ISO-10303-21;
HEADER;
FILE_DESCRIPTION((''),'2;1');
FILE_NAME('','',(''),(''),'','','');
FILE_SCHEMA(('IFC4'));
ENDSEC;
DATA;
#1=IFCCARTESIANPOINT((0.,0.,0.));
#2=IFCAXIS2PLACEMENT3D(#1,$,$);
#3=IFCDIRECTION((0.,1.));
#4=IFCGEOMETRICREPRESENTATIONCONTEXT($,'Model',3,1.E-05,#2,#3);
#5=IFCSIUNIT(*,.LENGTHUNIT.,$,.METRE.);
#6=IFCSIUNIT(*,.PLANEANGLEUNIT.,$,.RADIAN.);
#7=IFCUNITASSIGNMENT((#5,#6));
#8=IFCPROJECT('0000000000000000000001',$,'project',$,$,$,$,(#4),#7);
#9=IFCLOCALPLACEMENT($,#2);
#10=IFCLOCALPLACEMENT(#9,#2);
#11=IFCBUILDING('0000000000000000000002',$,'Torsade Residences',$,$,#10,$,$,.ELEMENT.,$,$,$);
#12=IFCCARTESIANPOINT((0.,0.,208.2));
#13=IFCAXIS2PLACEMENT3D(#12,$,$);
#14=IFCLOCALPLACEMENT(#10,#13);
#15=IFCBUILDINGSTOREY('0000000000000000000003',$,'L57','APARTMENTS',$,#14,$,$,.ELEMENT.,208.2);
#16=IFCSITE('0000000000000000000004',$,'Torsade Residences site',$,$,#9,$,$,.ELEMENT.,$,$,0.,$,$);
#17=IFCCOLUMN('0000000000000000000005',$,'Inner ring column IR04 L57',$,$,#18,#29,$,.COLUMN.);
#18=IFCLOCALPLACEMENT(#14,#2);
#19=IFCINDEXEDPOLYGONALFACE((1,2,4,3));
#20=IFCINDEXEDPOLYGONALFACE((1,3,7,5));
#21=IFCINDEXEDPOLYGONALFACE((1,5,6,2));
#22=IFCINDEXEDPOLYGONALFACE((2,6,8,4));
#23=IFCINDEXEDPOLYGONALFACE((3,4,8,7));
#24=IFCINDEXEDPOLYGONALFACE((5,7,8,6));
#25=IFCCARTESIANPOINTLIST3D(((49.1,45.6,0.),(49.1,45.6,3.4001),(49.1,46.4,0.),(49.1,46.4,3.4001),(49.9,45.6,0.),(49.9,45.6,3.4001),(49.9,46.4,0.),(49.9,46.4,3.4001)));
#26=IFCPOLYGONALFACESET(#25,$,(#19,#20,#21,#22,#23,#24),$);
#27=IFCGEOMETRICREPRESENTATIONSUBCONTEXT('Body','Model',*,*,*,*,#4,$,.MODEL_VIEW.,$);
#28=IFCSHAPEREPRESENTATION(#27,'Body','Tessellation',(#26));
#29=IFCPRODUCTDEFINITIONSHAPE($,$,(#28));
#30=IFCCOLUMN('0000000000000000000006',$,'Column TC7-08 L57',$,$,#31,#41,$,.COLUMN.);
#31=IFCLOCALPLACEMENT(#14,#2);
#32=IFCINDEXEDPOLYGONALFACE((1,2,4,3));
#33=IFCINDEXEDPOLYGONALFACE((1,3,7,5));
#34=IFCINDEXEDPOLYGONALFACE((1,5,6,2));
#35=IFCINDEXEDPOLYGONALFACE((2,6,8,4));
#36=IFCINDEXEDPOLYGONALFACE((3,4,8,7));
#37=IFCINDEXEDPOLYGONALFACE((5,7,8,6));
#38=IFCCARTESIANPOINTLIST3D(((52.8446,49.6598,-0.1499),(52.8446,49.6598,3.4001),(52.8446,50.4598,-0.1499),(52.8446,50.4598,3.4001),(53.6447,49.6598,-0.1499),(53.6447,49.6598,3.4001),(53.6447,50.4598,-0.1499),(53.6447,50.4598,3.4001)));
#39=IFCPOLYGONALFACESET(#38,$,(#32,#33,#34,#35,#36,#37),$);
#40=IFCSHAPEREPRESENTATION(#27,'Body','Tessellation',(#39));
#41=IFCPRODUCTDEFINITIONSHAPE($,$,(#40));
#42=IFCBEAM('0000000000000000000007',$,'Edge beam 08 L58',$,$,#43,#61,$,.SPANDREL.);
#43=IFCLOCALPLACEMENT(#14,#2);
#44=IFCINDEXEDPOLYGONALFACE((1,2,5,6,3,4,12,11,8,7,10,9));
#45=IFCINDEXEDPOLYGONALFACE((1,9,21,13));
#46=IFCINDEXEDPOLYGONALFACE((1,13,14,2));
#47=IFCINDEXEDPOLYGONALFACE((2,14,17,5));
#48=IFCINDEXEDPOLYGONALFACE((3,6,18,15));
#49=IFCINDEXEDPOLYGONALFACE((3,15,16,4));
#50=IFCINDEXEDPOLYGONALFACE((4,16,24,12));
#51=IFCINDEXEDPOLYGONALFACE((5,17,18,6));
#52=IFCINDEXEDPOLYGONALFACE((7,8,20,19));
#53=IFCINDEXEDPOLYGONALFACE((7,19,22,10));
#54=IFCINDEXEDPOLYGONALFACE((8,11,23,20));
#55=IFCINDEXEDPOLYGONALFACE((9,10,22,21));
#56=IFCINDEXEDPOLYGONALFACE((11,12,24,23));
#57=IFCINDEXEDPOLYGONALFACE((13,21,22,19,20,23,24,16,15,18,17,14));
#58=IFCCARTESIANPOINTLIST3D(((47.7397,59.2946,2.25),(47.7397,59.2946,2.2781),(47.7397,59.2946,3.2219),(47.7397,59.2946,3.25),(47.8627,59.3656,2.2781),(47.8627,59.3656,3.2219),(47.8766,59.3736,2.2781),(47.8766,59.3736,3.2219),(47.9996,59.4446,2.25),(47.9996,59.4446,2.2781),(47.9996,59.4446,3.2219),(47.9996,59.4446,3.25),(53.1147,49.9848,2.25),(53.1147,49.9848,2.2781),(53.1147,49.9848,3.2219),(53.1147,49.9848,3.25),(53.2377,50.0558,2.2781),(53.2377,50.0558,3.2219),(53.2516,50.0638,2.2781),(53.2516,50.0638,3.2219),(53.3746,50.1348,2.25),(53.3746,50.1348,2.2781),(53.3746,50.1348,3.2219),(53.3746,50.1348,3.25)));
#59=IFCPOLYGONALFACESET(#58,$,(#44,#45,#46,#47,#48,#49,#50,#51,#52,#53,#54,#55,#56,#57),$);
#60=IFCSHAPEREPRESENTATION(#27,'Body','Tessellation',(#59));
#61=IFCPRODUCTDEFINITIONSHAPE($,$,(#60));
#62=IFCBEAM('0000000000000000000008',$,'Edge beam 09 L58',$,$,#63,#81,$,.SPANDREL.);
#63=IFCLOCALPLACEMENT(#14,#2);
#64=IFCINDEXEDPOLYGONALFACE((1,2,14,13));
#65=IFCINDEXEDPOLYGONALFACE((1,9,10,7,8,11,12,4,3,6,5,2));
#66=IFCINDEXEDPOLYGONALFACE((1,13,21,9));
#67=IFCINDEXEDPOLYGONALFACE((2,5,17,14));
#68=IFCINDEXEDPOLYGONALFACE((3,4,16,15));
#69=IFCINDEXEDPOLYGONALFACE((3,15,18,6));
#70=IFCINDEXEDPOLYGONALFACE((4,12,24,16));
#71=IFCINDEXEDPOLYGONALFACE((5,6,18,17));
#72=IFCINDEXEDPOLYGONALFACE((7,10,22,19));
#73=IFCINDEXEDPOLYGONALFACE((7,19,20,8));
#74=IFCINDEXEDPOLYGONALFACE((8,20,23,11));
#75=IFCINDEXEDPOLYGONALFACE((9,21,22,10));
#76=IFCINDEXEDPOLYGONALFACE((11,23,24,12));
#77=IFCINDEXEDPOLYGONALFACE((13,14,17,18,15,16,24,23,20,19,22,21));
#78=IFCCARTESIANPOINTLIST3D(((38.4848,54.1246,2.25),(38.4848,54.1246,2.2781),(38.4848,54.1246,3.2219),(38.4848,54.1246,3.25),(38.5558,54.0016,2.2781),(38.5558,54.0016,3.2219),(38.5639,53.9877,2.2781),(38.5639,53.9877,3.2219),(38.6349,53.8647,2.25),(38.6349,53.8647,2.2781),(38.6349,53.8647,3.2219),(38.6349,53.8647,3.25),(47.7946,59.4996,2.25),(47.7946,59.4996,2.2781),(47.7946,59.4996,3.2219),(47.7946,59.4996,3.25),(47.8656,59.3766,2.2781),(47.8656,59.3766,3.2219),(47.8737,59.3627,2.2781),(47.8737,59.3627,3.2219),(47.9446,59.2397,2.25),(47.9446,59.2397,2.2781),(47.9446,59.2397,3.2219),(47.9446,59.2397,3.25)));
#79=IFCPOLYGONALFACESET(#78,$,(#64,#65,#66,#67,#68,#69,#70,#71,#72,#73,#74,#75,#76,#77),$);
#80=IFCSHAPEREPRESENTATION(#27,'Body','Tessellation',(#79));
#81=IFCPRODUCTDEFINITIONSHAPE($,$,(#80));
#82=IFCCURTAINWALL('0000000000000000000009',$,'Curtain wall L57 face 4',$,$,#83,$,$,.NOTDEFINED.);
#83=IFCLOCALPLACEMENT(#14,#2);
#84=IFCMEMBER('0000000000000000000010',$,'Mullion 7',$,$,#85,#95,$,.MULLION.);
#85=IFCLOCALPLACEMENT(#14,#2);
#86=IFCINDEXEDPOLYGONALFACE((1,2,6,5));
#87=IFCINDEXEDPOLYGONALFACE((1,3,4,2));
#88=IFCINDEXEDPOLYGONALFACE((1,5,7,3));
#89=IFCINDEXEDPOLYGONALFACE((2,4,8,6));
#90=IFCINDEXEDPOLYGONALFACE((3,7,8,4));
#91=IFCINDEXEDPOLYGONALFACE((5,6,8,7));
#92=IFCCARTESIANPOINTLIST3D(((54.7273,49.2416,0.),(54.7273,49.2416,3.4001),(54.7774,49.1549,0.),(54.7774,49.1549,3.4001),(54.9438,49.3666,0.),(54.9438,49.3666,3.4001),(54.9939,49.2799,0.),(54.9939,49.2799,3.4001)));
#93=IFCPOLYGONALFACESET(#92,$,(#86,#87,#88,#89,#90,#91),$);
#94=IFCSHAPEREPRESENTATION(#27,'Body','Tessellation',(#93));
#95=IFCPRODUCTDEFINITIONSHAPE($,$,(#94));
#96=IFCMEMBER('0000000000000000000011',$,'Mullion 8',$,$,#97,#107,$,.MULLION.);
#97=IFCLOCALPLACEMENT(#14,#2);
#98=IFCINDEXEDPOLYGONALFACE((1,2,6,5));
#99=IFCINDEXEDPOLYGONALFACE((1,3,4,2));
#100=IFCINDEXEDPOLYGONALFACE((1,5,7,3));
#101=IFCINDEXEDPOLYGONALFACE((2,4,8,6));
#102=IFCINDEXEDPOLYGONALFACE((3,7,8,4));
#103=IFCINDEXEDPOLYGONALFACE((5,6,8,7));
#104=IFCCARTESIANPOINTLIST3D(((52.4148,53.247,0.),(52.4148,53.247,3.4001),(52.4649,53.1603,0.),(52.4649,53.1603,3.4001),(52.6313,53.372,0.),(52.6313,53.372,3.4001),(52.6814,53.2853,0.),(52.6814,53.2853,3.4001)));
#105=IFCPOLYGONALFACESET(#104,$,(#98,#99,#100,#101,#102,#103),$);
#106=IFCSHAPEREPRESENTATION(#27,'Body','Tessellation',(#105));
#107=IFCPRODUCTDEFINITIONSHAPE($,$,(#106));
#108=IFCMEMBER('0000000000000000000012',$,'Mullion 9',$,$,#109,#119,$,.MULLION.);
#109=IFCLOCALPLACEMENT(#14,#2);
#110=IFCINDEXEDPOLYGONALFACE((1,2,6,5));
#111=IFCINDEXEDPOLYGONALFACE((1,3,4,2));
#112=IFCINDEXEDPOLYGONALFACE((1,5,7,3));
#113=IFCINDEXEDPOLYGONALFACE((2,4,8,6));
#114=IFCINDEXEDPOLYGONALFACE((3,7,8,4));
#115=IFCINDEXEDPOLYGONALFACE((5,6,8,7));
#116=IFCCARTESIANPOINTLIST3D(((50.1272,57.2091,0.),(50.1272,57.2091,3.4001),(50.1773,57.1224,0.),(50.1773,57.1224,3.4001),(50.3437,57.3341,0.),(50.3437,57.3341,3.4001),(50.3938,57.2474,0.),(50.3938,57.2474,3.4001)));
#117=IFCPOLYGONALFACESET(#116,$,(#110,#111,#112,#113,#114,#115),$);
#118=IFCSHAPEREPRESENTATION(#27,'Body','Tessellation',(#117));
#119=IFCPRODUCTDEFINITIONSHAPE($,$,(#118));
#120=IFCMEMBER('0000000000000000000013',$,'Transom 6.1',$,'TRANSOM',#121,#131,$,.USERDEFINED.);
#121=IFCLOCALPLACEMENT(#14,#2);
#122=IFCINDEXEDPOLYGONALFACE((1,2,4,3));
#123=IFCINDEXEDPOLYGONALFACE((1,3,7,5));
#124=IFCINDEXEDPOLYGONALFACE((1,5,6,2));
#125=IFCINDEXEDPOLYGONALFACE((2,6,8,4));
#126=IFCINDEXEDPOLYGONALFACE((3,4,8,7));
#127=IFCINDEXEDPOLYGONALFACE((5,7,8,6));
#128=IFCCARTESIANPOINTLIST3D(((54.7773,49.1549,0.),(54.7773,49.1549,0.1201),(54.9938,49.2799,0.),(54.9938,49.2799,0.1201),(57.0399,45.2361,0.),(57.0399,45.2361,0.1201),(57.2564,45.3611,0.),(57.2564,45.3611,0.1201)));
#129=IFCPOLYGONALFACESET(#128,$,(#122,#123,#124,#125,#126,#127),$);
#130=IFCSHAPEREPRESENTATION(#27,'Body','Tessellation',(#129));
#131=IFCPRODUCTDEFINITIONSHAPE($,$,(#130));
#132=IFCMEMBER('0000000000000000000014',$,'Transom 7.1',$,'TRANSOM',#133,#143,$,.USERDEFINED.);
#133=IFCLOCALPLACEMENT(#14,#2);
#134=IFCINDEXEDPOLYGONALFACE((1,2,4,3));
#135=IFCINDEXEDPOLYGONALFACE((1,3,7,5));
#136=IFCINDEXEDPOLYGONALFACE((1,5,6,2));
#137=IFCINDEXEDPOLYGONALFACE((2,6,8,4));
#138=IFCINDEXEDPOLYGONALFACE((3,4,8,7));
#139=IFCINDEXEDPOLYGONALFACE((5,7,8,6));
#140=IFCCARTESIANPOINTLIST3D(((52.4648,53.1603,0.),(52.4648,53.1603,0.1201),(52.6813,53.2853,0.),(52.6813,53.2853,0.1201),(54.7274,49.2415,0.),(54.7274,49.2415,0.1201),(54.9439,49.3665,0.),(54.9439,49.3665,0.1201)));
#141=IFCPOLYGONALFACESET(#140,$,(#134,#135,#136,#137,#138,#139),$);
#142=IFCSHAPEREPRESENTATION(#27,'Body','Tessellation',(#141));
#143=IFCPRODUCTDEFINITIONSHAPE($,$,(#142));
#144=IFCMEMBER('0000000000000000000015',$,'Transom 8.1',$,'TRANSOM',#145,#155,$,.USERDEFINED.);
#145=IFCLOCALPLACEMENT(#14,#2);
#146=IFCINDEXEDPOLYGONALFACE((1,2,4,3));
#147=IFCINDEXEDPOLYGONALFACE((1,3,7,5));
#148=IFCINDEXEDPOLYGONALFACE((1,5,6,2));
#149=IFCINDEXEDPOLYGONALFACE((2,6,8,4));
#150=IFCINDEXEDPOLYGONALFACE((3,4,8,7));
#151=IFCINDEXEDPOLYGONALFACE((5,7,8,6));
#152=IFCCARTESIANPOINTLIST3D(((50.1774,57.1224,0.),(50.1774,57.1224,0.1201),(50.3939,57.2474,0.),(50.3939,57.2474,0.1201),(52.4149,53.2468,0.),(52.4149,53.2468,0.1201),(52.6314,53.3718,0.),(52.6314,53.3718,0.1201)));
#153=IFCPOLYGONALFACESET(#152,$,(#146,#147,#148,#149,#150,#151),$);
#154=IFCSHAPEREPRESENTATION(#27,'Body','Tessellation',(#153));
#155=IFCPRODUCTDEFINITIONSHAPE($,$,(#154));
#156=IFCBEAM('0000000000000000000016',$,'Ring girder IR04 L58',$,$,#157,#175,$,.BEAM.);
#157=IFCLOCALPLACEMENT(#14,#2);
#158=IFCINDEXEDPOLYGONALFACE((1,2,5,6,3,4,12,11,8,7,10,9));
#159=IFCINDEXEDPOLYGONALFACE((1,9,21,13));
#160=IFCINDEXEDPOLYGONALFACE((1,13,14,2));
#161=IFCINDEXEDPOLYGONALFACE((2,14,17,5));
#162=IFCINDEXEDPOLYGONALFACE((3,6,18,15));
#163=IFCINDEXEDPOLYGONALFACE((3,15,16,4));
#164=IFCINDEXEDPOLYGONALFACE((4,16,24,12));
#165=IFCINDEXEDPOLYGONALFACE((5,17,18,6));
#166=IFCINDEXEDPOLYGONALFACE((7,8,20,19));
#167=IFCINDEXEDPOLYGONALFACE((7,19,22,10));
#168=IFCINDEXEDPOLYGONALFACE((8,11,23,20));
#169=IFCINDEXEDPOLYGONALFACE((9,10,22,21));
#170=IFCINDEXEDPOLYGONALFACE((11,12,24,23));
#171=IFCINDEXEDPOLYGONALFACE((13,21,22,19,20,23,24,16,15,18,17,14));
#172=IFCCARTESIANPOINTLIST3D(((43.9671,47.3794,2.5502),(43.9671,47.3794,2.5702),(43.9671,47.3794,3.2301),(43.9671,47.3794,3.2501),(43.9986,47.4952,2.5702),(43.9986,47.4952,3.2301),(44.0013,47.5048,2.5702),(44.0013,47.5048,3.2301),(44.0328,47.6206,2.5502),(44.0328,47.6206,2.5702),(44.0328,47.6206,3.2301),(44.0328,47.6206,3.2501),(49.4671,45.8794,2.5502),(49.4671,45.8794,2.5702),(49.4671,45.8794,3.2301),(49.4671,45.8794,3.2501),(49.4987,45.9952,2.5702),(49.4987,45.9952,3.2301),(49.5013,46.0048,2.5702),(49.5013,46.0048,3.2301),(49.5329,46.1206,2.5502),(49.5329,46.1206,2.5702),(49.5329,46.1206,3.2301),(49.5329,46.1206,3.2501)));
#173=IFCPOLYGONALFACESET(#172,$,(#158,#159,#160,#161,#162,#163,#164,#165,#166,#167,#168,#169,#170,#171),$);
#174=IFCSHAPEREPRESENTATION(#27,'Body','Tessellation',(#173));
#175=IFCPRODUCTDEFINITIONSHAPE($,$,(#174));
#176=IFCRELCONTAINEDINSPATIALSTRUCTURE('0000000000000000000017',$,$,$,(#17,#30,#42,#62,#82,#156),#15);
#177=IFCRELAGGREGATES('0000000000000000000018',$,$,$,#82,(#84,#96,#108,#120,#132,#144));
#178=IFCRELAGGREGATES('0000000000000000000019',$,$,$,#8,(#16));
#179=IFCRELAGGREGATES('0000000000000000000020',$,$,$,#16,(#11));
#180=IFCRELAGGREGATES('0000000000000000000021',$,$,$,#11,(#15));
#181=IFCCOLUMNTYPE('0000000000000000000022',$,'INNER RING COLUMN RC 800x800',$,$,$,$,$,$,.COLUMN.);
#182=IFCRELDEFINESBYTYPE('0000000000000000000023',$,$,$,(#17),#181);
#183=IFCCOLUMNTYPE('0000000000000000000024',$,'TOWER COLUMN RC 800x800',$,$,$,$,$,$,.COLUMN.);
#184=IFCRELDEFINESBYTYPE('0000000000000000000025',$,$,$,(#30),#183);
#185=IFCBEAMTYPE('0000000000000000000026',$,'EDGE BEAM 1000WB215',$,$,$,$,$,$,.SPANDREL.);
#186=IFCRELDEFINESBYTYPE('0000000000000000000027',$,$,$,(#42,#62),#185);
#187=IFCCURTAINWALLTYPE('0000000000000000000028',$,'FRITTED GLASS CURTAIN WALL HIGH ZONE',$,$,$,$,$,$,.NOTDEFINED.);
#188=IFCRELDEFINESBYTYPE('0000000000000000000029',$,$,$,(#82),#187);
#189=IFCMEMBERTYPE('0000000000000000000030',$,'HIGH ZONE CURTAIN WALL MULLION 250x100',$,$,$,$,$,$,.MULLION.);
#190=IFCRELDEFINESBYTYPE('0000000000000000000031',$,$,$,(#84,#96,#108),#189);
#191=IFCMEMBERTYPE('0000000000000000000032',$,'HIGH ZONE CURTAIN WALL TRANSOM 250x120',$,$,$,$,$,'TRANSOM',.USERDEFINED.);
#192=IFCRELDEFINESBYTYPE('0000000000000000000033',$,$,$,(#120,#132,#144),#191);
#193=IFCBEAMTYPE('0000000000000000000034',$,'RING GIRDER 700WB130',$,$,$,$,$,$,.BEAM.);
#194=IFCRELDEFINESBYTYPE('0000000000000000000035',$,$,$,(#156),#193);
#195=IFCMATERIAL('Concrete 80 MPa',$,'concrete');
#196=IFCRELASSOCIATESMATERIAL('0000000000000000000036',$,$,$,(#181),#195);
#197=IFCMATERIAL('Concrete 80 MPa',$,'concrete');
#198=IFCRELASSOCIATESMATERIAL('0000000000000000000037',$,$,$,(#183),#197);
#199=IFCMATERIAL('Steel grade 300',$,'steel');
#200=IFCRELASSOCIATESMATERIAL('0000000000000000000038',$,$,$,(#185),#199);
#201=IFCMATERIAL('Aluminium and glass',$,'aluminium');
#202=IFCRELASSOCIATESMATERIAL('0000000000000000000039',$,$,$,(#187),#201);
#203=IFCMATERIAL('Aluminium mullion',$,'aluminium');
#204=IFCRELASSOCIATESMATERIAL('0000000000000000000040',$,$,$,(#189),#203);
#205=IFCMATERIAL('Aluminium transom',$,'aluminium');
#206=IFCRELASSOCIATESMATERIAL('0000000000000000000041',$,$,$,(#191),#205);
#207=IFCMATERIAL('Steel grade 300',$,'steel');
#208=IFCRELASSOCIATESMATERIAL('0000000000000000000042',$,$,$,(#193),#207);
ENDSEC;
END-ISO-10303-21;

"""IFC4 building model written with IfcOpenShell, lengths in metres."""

from ifc_helpers import new_model, si_unit, direction, frame, origin, origin_2d, place, context, subcontext, project, spatial, rectangle, i_section, extrude, material, material_profile, profile_set, type_object, element, aggregate, save


model = new_model("IFC4")

# Units and contexts
model_context = context("Model", 3, precision=1e-05, world=origin(), true_north=direction((0.0, 1.0)))
body_context = subcontext(model_context, "Body", "Model", "MODEL_VIEW")
ifc_project = project(units=[si_unit("LENGTHUNIT", "METRE"), si_unit("PLANEANGLEUNIT", "RADIAN")], contexts=[model_context])

# Site, building, storey
site_placement = place(None, origin())
site = spatial("IfcSite", under=ifc_project, at=site_placement, Name="Torsade Residences site", CompositionType="ELEMENT", RefElevation=0.0)
building_placement = place(site_placement, origin())
building = spatial("IfcBuilding", under=site, at=building_placement, Name="Torsade Residences", CompositionType="ELEMENT")
storey_placement = place(building_placement, frame((0.0, 0.0, 208.2)))
storey = spatial("IfcBuildingStorey", under=building, at=storey_placement, Name="L57", Description="APARTMENTS", CompositionType="ELEMENT", Elevation=208.2)

# Columns
ifc_material_1 = material(Name="Concrete 80 MPa", Category="concrete")
ifc_material_profile_1 = material_profile(ifc_material_1, rectangle(XDim=0.8, YDim=0.8, at=origin_2d()), Name="RC 800x800")
ifc_profile_set_1 = profile_set([ifc_material_profile_1], Name="Concrete 80 MPa")
column_type_1 = type_object("IfcColumnType", Name="INNER RING COLUMN RC 800x800", PredefinedType="COLUMN", material=ifc_profile_set_1)
column_1_placement = place(storey_placement, frame((49.5, 46.0, 0.0), z_axis=(0.0, 0.0, 1.0), x_axis=(1.0, 0.0, 0.0)))
element("IfcColumn", 1, at=column_1_placement, inside=storey, type_object=column_type_1, Name="Inner ring column IR04 L57", PredefinedType="COLUMN", context=body_context, shape_type="SweptSolid", body=[
    extrude(rectangle(XDim=0.8, YDim=0.8, at=origin_2d()), origin(), (0.0, 0.0, 1.0), 3.4001),
])
ifc_material_2 = material(Name="Concrete 80 MPa", Category="concrete")
ifc_material_profile_2 = material_profile(ifc_material_2, rectangle(XDim=0.8, YDim=0.8, at=origin_2d()), Name="RC 800x800")
ifc_profile_set_2 = profile_set([ifc_material_profile_2], Name="Concrete 80 MPa")
column_type_2 = type_object("IfcColumnType", Name="TOWER COLUMN RC 800x800", PredefinedType="COLUMN", material=ifc_profile_set_2)
column_2_placement = place(storey_placement, frame((53.2446, 50.0598, -0.1499), z_axis=(0.0, 0.0, 1.0), x_axis=(1.0, 0.0, 0.0)))
element("IfcColumn", 2, at=column_2_placement, inside=storey, type_object=column_type_2, Name="Column TC7-08 L57", PredefinedType="COLUMN", context=body_context, shape_type="SweptSolid", body=[
    extrude(rectangle(XDim=0.8, YDim=0.8, at=origin_2d()), origin(), (0.0, 0.0, 1.0), 3.55),
])

# Beams
ifc_material_3 = material(Name="Steel grade 300", Category="steel")
ifc_material_profile_3 = material_profile(ifc_material_3, i_section(OverallWidth=0.3, OverallDepth=1.0, WebThickness=0.0161, FlangeThickness=0.0281, at=origin_2d()), Name="1000WB215")
ifc_profile_set_3 = profile_set([ifc_material_profile_3], Name="Steel grade 300")
beam_type_1 = type_object("IfcBeamType", Name="EDGE BEAM 1000WB215", PredefinedType="SPANDREL", material=ifc_profile_set_3)
for number, where, z_axis, x_axis, name in (
    (3, (53.2446, 50.0598, 2.75), (-0.499998, 0.866026, 0.0), (-0.866026, -0.499998, 0.0), "Edge beam 08 L58"),
    (4, (47.8696, 59.3696, 2.75), (-0.866026, -0.499998, 0.0), (0.499998, -0.866026, 0.0), "Edge beam 09 L58"),
):
    element("IfcBeam", number, at=place(storey_placement, frame(where, z_axis=z_axis, x_axis=x_axis)), inside=storey, type_object=beam_type_1, Name=name, PredefinedType="SPANDREL", context=body_context, shape_type="SweptSolid", body=[
        extrude(i_section(OverallWidth=0.3, OverallDepth=1.0, WebThickness=0.0161, FlangeThickness=0.0281, at=origin_2d()), origin(), (0.0, 0.0, 1.0), 10.75),
    ])

# Curtain wall, members
ifc_material_4 = material(Name="Aluminium and glass", Category="aluminium")
curtain_wall_type = type_object("IfcCurtainWallType", Name="FRITTED GLASS CURTAIN WALL HIGH ZONE", PredefinedType="NOTDEFINED", material=ifc_material_4)
curtain_wall_placement = place(storey_placement, origin())
curtain_wall = element("IfcCurtainWall", 5, at=curtain_wall_placement, inside=storey, type_object=curtain_wall_type, Name="Curtain wall L57 face 4", PredefinedType="NOTDEFINED")
ifc_material_5 = material(Name="Aluminium mullion", Category="aluminium")
ifc_material_profile_4 = material_profile(ifc_material_5, rectangle(XDim=0.25, YDim=0.1001, at=origin_2d()), Name="HIGH ZONE CURTAIN WALL MULLION 250x100")
ifc_profile_set_4 = profile_set([ifc_material_profile_4], Name="Aluminium mullion")
member_type_1 = type_object("IfcMemberType", Name="HIGH ZONE CURTAIN WALL MULLION 250x100", PredefinedType="MULLION", material=ifc_profile_set_4)
member_1_placement = place(storey_placement, frame((54.8606, 49.2607, 0.0), z_axis=(0.0, 0.0, 1.0), x_axis=(-0.866025, -0.5, 0.0)))
member_1 = element("IfcMember", 6, at=member_1_placement, type_object=member_type_1, Name="Mullion 7", PredefinedType="MULLION", context=body_context, shape_type="SweptSolid", body=[
    extrude(rectangle(XDim=0.25, YDim=0.1001, at=origin_2d()), origin(), (0.0, 0.0, 1.0), 3.4001),
])
member_2_placement = place(storey_placement, frame((52.5481, 53.2661, 0.0), z_axis=(0.0, 0.0, 1.0), x_axis=(-0.866025, -0.5, 0.0)))
member_2 = element("IfcMember", 7, at=member_2_placement, type_object=member_type_1, Name="Mullion 8", PredefinedType="MULLION", context=body_context, shape_type="SweptSolid", body=[
    extrude(rectangle(XDim=0.25, YDim=0.1001, at=origin_2d()), origin(), (0.0, 0.0, 1.0), 3.4001),
])
member_3_placement = place(storey_placement, frame((50.2605, 57.2283, 0.0), z_axis=(0.0, 0.0, 1.0), x_axis=(-0.866025, -0.5, 0.0)))
member_3 = element("IfcMember", 8, at=member_3_placement, type_object=member_type_1, Name="Mullion 9", PredefinedType="MULLION", context=body_context, shape_type="SweptSolid", body=[
    extrude(rectangle(XDim=0.25, YDim=0.1001, at=origin_2d()), origin(), (0.0, 0.0, 1.0), 3.4001),
])
ifc_material_6 = material(Name="Aluminium transom", Category="aluminium")
ifc_material_profile_5 = material_profile(ifc_material_6, rectangle(XDim=0.25, YDim=0.1201, at=origin_2d()), Name="HIGH ZONE CURTAIN WALL TRANSOM 250x120")
ifc_profile_set_5 = profile_set([ifc_material_profile_5], Name="Aluminium transom")
member_type_2 = type_object("IfcMemberType", Name="HIGH ZONE CURTAIN WALL TRANSOM 250x120", ElementType="TRANSOM", PredefinedType="USERDEFINED", material=ifc_profile_set_5)
member_4_placement = place(storey_placement, frame((57.1482, 45.2986, 0.0601), z_axis=(-0.500015, 0.866017, 0.0), x_axis=(-0.866017, -0.500015, 0.0)))
member_4 = element("IfcMember", 9, at=member_4_placement, type_object=member_type_2, Name="Transom 6.1", ObjectType="TRANSOM", PredefinedType="USERDEFINED", context=body_context, shape_type="SweptSolid", body=[
    extrude(rectangle(XDim=0.25, YDim=0.1201, at=origin_2d()), origin(), (0.0, 0.0, 1.0), 4.5251),
])
member_5_placement = place(storey_placement, frame((54.8357, 49.304, 0.0601), z_axis=(-0.500015, 0.866017, 0.0), x_axis=(-0.866017, -0.500015, 0.0)))
member_5 = element("IfcMember", 10, at=member_5_placement, type_object=member_type_2, Name="Transom 7.1", ObjectType="TRANSOM", PredefinedType="USERDEFINED", context=body_context, shape_type="SweptSolid", body=[
    extrude(rectangle(XDim=0.25, YDim=0.1201, at=origin_2d()), origin(), (0.0, 0.0, 1.0), 4.5251),
])
member_6_placement = place(storey_placement, frame((52.5232, 53.3093, 0.0601), z_axis=(-0.500006, 0.866022, 0.0), x_axis=(-0.866022, -0.500006, 0.0)))
member_6 = element("IfcMember", 11, at=member_6_placement, type_object=member_type_2, Name="Transom 8.1", ObjectType="TRANSOM", PredefinedType="USERDEFINED", context=body_context, shape_type="SweptSolid", body=[
    extrude(rectangle(XDim=0.25, YDim=0.1201, at=origin_2d()), origin(), (0.0, 0.0, 1.0), 4.4751),
])

# Beam
ifc_material_7 = material(Name="Steel grade 300", Category="steel")
ifc_material_profile_6 = material_profile(ifc_material_7, i_section(OverallWidth=0.25, OverallDepth=0.7, WebThickness=0.01, FlangeThickness=0.02, at=origin_2d()), Name="700WB130")
ifc_profile_set_6 = profile_set([ifc_material_profile_6], Name="Steel grade 300")
beam_type_2 = type_object("IfcBeamType", Name="RING GIRDER 700WB130", PredefinedType="BEAM", material=ifc_profile_set_6)
beam_1_placement = place(storey_placement, frame((49.5, 46.0, 2.9001), z_axis=(-0.964764, 0.263117, 0.0), x_axis=(-0.263117, -0.964764, 0.0)))
element("IfcBeam", 12, at=beam_1_placement, inside=storey, type_object=beam_type_2, Name="Ring girder IR04 L58", PredefinedType="BEAM", context=body_context, shape_type="SweptSolid", body=[
    extrude(i_section(OverallWidth=0.25, OverallDepth=0.7, WebThickness=0.01, FlangeThickness=0.02, at=origin_2d()), origin(), (0.0, 0.0, 1.0), 5.7009),
])

aggregate(curtain_wall, [member_1, member_2, member_3, member_4, member_5, member_6])

save(model, "model.ifc")
